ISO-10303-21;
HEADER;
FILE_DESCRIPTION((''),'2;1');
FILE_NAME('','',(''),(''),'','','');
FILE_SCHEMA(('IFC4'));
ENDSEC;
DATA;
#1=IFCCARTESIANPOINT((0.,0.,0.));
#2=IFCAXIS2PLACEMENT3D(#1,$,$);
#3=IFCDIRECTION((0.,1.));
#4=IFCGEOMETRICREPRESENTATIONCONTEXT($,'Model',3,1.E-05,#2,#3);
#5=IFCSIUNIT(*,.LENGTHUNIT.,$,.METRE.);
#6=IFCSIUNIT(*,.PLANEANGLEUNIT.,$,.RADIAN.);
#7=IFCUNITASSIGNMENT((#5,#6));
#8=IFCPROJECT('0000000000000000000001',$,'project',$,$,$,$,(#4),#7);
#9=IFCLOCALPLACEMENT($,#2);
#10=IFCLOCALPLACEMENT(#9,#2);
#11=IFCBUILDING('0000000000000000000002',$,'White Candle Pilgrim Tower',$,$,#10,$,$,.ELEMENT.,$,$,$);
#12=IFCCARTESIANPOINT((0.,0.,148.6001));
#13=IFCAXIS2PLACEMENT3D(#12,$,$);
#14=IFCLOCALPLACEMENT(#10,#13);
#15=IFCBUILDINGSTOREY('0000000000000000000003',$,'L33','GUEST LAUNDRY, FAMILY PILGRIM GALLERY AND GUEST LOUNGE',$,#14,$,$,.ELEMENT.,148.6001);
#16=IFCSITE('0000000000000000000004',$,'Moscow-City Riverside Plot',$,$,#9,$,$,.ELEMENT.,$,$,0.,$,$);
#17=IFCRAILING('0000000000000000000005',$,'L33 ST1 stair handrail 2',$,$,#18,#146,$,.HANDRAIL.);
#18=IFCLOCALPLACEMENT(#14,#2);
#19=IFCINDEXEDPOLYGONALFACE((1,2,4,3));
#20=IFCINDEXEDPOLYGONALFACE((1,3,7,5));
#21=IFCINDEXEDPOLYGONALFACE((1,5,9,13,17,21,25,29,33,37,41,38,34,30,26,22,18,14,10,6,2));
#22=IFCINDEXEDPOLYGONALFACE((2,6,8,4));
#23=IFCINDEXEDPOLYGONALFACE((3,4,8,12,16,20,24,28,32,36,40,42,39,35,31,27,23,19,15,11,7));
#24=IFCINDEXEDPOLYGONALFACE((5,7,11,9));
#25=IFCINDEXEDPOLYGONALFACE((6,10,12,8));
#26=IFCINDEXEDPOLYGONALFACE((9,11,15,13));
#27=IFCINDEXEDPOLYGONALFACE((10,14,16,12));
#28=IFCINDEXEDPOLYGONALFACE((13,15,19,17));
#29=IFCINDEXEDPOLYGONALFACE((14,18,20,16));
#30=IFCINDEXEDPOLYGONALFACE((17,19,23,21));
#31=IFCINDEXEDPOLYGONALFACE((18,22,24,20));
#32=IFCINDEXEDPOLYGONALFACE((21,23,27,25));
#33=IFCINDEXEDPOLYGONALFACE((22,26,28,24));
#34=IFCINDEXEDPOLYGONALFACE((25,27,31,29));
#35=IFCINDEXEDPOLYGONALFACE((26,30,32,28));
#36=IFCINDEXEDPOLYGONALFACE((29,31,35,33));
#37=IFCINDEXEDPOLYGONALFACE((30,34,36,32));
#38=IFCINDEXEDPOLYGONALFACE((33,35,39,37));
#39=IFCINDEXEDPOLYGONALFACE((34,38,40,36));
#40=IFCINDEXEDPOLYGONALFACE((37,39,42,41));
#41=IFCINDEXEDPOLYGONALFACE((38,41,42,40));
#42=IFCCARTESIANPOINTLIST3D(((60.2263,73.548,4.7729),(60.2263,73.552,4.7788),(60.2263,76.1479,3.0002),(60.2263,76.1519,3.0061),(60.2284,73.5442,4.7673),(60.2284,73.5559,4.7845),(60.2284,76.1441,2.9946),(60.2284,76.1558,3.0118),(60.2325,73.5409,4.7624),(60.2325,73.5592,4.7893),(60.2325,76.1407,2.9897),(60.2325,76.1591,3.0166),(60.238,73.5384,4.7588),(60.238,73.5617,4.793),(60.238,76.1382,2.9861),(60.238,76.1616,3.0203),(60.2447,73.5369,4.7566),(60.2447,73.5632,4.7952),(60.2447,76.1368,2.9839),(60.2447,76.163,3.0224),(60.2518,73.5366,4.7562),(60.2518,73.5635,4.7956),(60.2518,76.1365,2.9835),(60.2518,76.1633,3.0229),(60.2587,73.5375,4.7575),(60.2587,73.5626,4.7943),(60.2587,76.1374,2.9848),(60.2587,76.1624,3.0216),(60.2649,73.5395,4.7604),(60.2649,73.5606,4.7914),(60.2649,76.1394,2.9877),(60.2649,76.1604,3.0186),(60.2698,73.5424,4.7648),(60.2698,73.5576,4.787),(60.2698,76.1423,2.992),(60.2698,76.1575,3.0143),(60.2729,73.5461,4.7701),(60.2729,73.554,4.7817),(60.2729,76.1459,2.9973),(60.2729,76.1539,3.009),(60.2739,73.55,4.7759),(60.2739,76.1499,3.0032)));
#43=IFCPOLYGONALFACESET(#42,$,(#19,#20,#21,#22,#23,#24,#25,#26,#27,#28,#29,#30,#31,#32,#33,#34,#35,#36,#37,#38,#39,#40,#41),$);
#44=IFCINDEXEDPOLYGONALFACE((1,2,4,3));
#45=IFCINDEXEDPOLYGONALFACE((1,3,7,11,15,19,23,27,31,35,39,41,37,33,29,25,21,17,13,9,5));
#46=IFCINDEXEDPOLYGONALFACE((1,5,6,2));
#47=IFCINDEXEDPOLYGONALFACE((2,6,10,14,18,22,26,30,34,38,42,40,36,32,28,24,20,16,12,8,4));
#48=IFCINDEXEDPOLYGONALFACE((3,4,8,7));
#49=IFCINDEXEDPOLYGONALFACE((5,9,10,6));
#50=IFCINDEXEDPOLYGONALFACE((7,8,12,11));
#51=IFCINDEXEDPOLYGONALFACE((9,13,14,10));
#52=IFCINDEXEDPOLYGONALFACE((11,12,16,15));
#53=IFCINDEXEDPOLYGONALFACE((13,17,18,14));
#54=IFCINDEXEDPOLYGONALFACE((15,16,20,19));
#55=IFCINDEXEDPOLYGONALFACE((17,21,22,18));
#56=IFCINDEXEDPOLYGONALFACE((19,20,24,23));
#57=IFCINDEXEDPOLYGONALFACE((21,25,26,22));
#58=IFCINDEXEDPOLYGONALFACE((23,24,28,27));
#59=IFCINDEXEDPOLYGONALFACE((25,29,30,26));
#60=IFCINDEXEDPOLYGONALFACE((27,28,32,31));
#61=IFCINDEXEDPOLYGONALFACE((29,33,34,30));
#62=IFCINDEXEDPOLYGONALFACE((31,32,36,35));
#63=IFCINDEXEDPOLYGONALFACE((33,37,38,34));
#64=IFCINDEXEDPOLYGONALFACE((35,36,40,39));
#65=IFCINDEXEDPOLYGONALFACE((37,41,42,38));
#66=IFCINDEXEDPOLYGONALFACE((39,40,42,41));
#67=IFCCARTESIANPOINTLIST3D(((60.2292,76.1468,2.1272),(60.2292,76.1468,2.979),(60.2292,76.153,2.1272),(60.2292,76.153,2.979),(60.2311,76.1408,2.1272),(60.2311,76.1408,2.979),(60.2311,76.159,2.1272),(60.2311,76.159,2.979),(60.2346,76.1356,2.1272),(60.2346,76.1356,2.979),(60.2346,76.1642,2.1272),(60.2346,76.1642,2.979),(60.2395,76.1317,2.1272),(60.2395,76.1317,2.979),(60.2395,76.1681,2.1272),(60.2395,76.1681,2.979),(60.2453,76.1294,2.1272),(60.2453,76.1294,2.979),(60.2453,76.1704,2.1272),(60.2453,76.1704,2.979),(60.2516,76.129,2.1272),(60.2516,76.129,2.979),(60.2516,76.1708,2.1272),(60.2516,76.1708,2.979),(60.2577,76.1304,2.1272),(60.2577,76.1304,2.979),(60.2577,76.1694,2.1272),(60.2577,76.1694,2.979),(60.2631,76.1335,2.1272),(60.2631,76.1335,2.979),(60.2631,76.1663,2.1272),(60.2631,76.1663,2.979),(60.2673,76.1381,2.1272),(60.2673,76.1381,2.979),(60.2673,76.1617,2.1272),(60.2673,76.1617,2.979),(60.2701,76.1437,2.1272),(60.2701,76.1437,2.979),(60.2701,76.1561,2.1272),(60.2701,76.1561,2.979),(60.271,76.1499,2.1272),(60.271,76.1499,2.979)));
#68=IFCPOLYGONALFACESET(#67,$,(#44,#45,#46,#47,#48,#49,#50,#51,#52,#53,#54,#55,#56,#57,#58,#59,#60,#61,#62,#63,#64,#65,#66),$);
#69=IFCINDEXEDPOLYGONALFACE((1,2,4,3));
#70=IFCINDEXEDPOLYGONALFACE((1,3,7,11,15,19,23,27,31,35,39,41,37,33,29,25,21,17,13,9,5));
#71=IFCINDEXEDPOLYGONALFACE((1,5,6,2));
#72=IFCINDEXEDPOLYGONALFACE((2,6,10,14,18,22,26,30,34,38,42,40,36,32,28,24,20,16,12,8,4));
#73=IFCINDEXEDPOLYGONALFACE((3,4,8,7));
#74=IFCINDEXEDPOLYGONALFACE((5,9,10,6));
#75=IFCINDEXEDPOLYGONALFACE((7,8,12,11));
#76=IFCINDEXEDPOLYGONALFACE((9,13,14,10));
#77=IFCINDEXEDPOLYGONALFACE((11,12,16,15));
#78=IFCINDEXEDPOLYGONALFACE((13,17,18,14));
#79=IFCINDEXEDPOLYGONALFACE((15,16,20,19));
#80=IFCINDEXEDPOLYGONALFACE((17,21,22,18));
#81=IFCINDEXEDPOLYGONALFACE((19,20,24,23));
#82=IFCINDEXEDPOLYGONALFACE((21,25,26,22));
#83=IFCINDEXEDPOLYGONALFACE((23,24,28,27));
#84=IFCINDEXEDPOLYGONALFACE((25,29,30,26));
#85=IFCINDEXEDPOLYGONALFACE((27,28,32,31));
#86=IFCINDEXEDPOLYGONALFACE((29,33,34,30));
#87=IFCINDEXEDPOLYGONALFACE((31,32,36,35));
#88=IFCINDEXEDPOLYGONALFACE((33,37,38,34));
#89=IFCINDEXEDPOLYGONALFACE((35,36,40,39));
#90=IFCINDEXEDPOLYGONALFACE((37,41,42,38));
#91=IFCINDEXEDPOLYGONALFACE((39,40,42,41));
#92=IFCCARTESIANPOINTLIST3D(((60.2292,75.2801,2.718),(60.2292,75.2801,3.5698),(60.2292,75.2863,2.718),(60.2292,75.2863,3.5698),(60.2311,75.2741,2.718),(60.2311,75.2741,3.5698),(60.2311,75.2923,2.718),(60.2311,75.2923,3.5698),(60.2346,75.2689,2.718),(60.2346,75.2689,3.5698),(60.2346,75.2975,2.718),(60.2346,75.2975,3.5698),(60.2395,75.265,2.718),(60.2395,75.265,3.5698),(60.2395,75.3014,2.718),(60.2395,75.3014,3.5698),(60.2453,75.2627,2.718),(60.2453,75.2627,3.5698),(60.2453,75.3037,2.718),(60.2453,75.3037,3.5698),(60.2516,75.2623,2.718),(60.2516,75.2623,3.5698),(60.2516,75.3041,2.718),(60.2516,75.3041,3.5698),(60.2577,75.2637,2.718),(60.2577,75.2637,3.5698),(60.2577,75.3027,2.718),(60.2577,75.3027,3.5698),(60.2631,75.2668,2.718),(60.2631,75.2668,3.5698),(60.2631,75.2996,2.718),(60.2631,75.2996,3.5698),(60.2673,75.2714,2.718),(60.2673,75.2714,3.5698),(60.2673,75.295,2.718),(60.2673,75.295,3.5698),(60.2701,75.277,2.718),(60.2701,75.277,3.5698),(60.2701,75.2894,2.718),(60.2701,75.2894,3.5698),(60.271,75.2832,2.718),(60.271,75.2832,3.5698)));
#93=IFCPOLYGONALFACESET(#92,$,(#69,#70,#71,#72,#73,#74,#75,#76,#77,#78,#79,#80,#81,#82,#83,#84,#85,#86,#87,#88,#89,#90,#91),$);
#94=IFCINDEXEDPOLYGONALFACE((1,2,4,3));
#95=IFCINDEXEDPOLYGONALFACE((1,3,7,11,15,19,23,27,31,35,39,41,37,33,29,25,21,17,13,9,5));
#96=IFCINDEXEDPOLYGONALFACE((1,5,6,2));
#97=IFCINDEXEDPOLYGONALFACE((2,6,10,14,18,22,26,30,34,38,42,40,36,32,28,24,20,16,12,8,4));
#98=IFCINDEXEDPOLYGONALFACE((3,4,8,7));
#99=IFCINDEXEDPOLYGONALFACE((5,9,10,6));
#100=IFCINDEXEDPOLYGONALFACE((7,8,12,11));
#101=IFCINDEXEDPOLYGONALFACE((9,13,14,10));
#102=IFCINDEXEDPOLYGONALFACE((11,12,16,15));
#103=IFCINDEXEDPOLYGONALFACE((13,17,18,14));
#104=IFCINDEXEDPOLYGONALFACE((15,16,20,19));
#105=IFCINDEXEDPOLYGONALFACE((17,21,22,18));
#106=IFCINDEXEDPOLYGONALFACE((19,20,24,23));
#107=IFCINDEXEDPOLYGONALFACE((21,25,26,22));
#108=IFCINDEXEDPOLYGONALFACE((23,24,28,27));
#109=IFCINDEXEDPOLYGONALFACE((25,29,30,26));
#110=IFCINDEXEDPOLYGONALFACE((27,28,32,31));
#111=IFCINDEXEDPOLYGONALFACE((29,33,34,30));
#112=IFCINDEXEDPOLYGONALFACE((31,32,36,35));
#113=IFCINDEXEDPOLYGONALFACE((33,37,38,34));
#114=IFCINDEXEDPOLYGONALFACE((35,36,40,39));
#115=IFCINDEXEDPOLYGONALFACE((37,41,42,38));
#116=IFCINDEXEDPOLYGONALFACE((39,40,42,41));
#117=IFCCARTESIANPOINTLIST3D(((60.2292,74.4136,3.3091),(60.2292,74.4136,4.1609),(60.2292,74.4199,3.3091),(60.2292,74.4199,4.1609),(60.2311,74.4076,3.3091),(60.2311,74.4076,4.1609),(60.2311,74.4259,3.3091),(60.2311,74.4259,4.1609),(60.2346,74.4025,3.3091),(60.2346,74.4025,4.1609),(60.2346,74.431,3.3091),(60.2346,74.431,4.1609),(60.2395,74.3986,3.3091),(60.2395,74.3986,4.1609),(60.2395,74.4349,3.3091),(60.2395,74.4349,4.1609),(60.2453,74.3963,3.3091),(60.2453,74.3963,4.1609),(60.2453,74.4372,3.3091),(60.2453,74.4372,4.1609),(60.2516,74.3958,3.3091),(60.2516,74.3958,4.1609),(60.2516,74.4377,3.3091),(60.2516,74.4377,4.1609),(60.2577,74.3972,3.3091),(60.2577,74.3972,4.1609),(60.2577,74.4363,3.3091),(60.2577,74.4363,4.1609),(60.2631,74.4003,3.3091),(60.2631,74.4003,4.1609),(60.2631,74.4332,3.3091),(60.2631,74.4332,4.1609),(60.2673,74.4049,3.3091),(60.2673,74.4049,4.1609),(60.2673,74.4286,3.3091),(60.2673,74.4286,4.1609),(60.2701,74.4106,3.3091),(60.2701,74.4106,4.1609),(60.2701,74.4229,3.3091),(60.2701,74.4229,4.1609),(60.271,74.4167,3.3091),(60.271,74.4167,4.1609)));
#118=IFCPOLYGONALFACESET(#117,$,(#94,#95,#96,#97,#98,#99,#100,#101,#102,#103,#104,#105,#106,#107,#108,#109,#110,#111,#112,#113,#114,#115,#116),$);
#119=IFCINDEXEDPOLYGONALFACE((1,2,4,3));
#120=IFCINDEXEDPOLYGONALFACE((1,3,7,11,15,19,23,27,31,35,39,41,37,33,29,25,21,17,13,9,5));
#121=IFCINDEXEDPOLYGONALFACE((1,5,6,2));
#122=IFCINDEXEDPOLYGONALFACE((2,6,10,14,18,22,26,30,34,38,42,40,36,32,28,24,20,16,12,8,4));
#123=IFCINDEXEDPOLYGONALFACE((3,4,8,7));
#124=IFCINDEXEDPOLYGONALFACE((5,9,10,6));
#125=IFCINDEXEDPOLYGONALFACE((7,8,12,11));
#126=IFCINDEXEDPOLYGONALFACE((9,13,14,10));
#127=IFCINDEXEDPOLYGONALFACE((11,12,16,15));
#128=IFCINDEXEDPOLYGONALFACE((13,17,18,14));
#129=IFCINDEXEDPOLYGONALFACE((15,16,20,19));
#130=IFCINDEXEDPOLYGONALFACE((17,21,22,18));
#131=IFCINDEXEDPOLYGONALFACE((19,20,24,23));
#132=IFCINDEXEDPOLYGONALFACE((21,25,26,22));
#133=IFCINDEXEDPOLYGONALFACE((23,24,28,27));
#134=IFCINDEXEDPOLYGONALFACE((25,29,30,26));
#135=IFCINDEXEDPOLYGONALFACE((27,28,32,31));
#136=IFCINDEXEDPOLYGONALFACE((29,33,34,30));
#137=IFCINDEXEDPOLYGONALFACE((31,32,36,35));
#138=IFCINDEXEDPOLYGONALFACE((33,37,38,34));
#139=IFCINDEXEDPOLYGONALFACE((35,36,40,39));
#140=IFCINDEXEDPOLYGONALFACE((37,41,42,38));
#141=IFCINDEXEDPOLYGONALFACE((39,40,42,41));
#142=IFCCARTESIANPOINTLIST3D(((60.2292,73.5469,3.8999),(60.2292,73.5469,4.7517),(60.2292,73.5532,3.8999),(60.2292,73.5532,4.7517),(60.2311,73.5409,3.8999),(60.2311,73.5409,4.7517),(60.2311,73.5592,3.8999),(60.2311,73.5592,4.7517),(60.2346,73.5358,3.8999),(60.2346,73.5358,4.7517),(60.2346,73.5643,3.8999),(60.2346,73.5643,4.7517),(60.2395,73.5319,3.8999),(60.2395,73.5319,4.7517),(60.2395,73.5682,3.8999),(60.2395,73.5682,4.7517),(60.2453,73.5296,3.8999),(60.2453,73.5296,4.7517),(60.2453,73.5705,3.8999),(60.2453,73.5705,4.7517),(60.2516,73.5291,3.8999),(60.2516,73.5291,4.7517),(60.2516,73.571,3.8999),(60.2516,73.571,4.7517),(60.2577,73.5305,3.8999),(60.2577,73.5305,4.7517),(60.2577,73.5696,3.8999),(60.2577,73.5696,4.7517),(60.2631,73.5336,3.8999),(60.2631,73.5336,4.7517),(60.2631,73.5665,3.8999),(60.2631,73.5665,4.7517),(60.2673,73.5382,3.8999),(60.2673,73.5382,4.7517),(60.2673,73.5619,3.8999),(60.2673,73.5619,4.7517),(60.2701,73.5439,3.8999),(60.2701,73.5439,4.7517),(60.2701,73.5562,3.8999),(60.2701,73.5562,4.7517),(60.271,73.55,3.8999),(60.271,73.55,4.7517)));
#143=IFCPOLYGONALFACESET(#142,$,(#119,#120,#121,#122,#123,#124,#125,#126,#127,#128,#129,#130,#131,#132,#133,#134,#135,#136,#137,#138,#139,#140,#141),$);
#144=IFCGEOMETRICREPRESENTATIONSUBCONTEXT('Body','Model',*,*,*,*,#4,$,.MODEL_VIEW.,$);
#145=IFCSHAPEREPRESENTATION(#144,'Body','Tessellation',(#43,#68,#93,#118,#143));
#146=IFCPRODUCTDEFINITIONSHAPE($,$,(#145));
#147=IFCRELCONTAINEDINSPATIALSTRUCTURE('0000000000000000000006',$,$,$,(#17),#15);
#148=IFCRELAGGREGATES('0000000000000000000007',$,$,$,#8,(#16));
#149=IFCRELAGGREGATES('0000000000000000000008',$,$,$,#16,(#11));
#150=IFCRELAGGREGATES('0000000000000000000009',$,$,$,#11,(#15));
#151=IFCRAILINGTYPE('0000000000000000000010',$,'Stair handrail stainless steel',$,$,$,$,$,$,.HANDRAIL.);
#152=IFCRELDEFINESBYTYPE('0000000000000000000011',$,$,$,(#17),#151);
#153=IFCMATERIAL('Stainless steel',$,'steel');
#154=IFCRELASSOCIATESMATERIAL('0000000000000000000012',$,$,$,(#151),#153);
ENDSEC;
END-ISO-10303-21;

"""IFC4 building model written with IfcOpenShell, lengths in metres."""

from ifc_helpers import new_model, si_unit, direction, frame, origin, origin_2d, place, context, subcontext, project, spatial, circle, extrude, material, type_object, element, save


model = new_model("IFC4")

# Units and contexts
model_context = context("Model", 3, precision=1e-05, world=origin(), true_north=direction((0.0, 1.0)))
body_context = subcontext(model_context, "Body", "Model", "MODEL_VIEW")
ifc_project = project(units=[si_unit("LENGTHUNIT", "METRE"), si_unit("PLANEANGLEUNIT", "RADIAN")], contexts=[model_context])

# Site, building, storey
site_placement = place(None, origin())
site = spatial("IfcSite", under=ifc_project, at=site_placement, Name="Moscow-City Riverside Plot", CompositionType="ELEMENT", RefElevation=0.0)
building_placement = place(site_placement, origin())
building = spatial("IfcBuilding", under=site, at=building_placement, Name="White Candle Pilgrim Tower", CompositionType="ELEMENT")
storey_placement = place(building_placement, frame((0.0, 0.0, 148.6001)))
storey = spatial("IfcBuildingStorey", under=building, at=storey_placement, Name="L33", Description="GUEST LAUNDRY, FAMILY PILGRIM GALLERY AND GUEST LOUNGE", CompositionType="ELEMENT", Elevation=148.6001)

# Shared definitions
ifc_material_1 = material(Name="Stainless steel", Category="steel")

# Railing
railing_type_1 = type_object("IfcRailingType", Name="Stair handrail stainless steel", PredefinedType="HANDRAIL", material=ifc_material_1)
railing_1_placement = place(storey_placement, frame((60.25, 76.1499, 2.1272)))
element("IfcRailing", 1, at=railing_1_placement, inside=storey, type_object=railing_type_1, Name="L33 ST1 stair handrail 2", PredefinedType="HANDRAIL", context=body_context, shape_type="SweptSolid", body=[
    extrude(circle(Radius=0.0239, at=origin_2d()), frame((0.0, 0.0, 0.876), z_axis=(0.0, -0.826216, 0.563354), x_axis=(1.0, 0.0, 0.0)), (0.0, 0.0, 1.0), 3.1467),
    extrude(circle(Radius=0.021, at=origin_2d()), origin(), (0.0, 0.0, 1.0), 0.8518),
    extrude(circle(Radius=0.021, at=origin_2d()), frame((0.0, -0.8667, 0.5908)), (0.0, 0.0, 1.0), 0.8518),
    extrude(circle(Radius=0.021, at=origin_2d()), frame((0.0, -1.7332, 1.1819)), (0.0, 0.0, 1.0), 0.8518),
    extrude(circle(Radius=0.021, at=origin_2d()), frame((0.0, -2.5999, 1.7727)), (0.0, 0.0, 1.0), 0.8518),
])

save(model, "model.ifc")
